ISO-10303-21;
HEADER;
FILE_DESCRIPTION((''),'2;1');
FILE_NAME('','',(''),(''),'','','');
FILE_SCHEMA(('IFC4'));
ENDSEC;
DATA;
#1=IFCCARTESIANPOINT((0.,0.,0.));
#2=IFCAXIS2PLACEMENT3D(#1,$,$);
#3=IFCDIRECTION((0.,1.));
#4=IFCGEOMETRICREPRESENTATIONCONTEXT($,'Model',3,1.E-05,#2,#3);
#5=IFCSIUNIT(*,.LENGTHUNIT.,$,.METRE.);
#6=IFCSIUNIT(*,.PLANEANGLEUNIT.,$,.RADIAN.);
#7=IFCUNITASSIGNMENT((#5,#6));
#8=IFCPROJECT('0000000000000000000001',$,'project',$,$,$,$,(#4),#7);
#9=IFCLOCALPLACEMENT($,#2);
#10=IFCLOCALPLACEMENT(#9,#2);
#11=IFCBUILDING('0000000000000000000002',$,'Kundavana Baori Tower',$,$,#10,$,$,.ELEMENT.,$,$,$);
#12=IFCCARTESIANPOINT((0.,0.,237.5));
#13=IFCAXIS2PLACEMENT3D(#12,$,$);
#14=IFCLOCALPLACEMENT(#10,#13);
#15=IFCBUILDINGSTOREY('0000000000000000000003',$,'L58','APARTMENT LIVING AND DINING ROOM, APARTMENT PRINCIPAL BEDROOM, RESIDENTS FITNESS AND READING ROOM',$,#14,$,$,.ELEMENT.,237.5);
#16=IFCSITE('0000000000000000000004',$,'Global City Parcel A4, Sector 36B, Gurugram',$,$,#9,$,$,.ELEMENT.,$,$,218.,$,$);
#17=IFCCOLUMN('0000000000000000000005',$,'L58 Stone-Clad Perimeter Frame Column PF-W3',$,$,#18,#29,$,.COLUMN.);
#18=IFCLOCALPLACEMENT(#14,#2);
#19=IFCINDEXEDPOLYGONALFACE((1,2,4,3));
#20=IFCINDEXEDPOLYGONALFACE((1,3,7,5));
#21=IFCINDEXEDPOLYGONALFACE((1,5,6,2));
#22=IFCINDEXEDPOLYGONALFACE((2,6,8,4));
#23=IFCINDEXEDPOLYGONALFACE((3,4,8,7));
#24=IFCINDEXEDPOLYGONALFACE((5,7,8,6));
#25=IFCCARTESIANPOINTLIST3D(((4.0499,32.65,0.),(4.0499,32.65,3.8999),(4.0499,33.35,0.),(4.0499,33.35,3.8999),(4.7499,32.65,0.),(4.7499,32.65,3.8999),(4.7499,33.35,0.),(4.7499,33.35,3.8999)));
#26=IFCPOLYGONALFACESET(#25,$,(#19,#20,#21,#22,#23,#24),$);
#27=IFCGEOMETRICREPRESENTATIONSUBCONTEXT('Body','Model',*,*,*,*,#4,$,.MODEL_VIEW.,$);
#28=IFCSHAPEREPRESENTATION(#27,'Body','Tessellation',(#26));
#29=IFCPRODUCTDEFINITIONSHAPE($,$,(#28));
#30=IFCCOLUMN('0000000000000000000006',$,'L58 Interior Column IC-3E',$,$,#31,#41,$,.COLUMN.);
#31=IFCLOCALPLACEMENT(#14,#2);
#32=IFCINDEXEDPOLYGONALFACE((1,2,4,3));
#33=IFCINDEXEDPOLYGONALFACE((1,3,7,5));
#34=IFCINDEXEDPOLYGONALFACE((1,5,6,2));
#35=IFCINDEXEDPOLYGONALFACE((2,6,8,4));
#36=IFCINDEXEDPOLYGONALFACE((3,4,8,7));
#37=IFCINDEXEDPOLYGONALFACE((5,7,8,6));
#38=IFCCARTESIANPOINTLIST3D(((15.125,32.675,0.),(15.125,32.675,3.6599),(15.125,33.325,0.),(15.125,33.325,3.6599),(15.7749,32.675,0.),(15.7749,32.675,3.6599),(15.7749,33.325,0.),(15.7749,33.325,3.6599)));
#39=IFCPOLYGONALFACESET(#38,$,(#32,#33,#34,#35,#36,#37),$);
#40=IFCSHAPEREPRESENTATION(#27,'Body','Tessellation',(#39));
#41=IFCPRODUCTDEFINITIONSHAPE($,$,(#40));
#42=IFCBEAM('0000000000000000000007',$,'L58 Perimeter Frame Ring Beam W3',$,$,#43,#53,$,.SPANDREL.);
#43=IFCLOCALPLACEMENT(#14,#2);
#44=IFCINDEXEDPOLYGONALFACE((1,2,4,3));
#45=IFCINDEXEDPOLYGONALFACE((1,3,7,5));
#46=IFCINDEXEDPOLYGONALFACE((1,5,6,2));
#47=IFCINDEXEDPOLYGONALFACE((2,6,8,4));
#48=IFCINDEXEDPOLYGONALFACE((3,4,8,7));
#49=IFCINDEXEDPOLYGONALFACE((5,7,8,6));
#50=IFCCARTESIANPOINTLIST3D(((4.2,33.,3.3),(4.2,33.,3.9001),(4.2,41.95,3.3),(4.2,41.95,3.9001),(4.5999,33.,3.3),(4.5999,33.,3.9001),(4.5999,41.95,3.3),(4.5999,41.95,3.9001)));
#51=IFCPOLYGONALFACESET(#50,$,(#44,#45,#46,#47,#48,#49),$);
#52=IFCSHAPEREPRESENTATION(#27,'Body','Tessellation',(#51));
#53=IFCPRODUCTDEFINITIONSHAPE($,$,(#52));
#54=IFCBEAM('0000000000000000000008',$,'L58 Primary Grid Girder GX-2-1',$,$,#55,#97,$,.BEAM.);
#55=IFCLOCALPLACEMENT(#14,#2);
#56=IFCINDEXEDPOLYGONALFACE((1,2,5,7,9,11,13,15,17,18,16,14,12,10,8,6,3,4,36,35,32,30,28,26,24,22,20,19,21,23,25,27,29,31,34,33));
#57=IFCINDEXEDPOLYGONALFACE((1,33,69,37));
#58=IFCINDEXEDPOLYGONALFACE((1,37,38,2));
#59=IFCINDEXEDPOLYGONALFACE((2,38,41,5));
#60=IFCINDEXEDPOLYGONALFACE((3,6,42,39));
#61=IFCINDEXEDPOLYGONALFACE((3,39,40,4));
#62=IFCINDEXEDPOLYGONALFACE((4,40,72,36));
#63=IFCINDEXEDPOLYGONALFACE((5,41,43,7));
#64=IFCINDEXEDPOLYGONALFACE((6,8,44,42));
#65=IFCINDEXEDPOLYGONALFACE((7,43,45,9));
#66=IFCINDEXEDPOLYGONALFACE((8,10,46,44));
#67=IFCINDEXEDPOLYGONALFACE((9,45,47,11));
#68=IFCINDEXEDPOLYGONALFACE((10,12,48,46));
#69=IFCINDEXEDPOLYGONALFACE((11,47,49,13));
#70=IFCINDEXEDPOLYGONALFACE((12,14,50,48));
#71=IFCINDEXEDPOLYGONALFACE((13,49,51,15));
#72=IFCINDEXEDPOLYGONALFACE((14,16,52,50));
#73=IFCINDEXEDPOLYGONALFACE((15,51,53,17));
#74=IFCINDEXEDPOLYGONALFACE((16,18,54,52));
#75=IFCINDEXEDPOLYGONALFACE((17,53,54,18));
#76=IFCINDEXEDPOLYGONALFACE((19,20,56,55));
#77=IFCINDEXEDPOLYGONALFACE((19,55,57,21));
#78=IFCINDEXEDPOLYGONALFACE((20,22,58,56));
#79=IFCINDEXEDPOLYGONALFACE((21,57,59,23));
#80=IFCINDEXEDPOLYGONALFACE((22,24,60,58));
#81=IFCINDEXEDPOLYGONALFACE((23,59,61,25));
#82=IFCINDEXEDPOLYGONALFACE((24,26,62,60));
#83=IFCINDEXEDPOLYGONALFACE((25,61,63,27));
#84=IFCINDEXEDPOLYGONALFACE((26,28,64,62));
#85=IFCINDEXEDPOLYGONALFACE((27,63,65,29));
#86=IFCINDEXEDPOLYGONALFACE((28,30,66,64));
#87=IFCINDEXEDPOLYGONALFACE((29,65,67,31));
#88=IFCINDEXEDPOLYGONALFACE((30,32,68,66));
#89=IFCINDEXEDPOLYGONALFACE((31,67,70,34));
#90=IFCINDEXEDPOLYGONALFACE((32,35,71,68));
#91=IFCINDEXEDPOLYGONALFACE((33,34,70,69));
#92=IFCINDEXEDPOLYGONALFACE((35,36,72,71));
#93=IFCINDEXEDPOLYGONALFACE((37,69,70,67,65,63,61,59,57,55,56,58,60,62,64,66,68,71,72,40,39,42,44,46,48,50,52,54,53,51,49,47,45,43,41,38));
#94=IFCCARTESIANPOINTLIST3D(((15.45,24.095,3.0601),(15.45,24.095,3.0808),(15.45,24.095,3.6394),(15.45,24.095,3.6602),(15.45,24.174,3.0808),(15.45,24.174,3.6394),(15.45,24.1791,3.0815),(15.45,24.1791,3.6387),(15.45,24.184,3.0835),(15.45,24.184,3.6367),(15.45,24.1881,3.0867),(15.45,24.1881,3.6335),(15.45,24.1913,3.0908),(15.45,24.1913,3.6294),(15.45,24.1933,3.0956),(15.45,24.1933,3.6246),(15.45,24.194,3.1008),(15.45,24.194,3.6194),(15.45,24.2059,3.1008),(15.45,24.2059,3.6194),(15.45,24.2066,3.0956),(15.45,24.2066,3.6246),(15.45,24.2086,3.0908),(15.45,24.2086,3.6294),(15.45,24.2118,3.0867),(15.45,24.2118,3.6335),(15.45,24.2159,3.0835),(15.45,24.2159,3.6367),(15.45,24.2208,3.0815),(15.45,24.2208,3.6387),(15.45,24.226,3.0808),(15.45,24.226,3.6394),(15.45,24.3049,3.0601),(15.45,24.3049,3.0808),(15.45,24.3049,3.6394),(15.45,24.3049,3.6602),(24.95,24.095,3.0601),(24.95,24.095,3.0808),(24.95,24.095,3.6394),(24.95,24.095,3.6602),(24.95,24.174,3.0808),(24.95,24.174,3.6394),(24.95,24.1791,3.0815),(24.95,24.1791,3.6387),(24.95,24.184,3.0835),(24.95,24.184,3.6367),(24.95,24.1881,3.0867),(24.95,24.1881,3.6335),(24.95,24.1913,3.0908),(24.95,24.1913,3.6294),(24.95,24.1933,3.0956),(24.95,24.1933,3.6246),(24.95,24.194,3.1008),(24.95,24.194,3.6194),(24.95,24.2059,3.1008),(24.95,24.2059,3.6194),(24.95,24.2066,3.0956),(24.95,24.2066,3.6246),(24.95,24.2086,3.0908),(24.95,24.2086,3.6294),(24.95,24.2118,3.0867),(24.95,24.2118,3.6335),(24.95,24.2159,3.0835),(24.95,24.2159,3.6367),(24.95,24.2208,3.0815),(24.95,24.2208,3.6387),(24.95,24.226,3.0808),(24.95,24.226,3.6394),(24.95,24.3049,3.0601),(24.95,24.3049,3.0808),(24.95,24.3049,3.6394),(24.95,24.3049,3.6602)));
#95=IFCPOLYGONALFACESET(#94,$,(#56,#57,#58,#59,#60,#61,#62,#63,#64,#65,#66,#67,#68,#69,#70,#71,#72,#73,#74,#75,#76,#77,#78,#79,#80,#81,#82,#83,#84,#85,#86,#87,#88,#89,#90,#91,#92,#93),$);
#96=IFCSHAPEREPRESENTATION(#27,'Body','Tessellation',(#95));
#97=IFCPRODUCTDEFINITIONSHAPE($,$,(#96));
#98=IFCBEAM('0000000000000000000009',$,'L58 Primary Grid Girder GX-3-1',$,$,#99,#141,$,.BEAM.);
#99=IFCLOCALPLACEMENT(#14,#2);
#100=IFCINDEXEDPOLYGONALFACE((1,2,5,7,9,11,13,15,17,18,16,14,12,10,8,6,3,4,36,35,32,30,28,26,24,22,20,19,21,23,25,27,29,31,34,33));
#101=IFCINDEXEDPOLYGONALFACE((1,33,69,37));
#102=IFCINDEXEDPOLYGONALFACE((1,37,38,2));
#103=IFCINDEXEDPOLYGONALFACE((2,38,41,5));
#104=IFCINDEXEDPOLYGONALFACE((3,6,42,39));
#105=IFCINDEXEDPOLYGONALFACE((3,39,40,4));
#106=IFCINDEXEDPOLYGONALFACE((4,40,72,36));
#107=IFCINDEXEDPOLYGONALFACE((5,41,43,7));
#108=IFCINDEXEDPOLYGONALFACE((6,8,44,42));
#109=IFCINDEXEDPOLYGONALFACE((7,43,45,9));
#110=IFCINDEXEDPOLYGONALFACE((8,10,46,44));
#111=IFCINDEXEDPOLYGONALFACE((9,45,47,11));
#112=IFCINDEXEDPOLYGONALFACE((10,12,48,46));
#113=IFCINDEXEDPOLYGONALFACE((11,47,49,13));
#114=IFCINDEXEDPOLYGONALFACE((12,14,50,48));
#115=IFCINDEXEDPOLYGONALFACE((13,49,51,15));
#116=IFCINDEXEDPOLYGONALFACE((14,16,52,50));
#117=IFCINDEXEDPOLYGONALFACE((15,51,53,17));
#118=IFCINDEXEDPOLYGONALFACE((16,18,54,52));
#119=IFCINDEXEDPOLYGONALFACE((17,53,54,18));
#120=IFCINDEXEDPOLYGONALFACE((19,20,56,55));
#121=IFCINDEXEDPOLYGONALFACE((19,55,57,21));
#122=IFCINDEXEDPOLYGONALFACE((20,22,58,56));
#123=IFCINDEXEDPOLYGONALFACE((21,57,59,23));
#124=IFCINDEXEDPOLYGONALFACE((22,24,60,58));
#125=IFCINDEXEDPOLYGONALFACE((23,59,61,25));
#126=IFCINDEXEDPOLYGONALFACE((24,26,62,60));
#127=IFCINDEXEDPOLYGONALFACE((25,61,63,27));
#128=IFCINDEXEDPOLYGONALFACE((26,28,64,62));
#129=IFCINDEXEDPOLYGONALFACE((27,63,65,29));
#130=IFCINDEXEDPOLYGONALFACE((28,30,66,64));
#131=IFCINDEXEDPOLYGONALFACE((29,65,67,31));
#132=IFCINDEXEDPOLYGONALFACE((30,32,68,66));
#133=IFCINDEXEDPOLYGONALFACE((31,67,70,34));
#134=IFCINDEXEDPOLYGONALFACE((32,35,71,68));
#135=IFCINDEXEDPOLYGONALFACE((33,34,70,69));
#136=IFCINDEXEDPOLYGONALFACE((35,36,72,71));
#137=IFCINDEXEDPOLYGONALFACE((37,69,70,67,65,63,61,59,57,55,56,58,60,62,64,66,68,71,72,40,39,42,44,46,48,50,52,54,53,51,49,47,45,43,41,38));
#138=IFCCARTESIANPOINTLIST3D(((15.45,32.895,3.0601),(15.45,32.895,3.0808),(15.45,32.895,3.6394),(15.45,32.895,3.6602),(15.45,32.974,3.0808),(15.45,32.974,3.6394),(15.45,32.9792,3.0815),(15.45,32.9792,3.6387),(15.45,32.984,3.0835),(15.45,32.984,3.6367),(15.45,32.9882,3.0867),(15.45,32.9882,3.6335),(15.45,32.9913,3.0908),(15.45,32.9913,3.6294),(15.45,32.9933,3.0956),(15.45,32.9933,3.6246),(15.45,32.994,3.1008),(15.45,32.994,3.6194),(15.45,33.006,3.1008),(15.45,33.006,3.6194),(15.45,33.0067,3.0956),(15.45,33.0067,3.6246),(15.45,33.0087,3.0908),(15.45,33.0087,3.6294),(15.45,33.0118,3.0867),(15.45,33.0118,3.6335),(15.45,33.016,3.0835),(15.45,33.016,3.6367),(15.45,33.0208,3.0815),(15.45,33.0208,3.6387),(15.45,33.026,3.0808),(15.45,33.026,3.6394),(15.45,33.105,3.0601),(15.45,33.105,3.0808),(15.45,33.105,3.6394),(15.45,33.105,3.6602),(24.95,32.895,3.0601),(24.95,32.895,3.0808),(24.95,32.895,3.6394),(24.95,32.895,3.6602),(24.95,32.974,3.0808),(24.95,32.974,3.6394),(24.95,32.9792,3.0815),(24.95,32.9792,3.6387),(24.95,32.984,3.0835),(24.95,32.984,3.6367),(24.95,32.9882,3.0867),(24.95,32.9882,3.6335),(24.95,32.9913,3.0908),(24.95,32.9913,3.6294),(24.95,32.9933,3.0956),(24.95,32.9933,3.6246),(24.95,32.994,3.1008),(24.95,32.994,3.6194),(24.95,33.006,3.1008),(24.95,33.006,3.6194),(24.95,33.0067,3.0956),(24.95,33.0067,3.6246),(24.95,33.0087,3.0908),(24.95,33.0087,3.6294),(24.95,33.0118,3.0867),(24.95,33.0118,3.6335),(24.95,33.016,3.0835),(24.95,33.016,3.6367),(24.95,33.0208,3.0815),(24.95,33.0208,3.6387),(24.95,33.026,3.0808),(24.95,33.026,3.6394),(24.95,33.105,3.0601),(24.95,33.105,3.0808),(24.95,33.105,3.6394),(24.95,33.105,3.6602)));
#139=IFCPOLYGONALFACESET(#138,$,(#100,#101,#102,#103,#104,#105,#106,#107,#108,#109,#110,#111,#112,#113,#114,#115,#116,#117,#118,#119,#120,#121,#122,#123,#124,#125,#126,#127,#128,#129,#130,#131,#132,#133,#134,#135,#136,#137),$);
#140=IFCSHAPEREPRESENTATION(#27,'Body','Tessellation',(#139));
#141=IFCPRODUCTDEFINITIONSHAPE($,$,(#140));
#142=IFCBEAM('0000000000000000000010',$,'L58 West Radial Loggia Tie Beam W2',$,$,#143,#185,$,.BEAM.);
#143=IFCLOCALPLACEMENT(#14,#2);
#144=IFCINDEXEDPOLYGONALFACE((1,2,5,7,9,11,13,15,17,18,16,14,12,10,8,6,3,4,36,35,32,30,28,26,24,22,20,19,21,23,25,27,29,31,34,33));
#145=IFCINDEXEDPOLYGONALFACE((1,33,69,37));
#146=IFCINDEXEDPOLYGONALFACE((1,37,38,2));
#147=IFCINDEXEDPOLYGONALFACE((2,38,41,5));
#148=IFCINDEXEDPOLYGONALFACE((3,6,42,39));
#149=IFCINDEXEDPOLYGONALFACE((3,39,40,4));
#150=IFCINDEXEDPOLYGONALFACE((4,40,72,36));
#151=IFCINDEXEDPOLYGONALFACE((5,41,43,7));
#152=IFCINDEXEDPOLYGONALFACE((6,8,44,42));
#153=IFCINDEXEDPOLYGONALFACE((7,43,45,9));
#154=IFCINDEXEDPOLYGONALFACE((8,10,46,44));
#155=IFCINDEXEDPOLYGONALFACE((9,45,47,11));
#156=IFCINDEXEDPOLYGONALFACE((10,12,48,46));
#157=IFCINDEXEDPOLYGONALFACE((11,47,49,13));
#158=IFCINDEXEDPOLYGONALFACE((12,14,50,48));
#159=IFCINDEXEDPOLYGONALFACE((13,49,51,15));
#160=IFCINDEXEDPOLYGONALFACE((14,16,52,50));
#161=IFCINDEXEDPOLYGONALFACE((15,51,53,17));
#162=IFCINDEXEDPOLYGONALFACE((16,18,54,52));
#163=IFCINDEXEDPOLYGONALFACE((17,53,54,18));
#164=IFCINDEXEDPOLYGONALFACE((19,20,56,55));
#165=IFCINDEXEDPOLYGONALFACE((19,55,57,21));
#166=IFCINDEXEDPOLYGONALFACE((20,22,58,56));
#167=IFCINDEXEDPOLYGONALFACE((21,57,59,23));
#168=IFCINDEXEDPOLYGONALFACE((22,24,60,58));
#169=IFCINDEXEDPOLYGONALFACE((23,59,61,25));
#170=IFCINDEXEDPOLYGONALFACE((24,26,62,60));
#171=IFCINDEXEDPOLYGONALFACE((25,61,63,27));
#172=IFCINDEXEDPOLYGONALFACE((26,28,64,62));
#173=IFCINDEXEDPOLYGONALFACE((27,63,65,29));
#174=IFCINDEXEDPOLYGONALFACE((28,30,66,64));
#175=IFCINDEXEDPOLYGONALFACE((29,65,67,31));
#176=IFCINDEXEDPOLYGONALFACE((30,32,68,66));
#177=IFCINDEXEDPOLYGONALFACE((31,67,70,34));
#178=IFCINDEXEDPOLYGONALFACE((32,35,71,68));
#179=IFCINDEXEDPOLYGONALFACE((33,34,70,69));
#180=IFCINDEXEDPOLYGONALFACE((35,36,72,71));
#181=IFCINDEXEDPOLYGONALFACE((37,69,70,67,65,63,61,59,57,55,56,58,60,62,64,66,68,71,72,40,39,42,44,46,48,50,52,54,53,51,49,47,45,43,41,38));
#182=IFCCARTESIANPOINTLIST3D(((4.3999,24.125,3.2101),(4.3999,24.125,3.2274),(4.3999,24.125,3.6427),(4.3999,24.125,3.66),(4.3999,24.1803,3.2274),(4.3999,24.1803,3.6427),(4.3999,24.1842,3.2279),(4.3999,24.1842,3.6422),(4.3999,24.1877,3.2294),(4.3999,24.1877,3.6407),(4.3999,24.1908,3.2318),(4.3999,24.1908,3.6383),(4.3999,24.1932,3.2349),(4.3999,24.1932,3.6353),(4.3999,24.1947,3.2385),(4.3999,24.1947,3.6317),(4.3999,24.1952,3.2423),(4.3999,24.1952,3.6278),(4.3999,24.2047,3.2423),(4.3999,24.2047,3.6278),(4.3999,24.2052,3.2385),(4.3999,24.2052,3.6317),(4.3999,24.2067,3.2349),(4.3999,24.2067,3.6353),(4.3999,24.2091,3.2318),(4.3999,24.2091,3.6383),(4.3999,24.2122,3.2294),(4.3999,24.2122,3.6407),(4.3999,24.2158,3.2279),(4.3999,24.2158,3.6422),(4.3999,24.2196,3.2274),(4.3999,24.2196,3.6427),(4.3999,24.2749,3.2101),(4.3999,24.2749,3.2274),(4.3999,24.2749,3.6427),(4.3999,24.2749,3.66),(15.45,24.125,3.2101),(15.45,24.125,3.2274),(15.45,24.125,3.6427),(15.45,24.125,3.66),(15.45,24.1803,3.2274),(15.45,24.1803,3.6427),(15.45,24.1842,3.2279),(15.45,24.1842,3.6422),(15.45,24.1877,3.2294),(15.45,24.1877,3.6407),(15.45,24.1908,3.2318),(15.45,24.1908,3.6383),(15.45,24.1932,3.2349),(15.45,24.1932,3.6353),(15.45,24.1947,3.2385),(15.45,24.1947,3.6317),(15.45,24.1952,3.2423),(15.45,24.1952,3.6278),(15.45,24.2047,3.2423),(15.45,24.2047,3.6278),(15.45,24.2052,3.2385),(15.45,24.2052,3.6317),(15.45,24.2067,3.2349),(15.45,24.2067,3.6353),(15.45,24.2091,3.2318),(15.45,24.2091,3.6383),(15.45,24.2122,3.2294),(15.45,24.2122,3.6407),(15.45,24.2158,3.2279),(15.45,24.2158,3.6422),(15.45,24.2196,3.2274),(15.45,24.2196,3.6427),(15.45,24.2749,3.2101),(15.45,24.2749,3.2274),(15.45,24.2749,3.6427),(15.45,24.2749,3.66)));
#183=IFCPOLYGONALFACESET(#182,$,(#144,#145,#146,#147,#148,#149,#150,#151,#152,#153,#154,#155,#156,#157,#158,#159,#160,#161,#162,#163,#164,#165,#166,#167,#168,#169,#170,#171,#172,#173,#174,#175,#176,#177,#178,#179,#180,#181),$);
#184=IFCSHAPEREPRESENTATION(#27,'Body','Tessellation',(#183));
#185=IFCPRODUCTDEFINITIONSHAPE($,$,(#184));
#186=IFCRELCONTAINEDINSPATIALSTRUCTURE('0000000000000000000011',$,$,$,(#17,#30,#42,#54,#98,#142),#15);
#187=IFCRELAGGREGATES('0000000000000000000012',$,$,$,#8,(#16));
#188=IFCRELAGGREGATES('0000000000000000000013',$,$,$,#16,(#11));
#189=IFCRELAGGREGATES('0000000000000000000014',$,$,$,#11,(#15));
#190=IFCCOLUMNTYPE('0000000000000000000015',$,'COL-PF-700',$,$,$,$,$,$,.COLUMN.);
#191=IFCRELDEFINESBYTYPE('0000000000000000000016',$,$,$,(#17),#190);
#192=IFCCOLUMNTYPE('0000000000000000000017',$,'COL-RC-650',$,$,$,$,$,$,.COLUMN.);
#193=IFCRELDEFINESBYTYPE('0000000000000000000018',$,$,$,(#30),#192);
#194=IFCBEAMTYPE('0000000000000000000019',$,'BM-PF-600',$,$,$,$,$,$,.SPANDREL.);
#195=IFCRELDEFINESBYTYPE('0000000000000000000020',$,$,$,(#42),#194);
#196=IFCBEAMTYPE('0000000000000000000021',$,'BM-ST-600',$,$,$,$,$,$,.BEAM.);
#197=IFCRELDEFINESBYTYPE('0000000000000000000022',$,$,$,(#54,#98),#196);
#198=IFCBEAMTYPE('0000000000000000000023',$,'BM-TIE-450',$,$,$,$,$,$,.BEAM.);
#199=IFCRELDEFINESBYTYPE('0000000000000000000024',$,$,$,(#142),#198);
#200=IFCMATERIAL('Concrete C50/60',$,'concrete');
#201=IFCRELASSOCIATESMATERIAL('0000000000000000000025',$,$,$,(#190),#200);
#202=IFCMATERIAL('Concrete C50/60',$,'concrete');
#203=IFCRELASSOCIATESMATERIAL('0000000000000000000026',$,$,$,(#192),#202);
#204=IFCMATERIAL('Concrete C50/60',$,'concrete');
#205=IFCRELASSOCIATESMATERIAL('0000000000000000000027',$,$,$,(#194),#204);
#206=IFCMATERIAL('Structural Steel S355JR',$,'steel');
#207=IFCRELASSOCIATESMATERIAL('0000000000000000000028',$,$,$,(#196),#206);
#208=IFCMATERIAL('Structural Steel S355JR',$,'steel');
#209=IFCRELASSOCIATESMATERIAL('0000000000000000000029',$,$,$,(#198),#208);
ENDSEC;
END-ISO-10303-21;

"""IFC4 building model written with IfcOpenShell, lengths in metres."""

from ifc_helpers import new_model, si_unit, direction, frame, origin, origin_2d, place, context, subcontext, project, spatial, rectangle, i_section, extrude, material, material_profile, profile_set, type_object, element, save


model = new_model("IFC4")

# Units and contexts
model_context = context("Model", 3, precision=1e-05, world=origin(), true_north=direction((0.0, 1.0)))
body_context = subcontext(model_context, "Body", "Model", "MODEL_VIEW")
ifc_project = project(units=[si_unit("LENGTHUNIT", "METRE"), si_unit("PLANEANGLEUNIT", "RADIAN")], contexts=[model_context])

# Site, building, storey
site_placement = place(None, origin())
site = spatial("IfcSite", under=ifc_project, at=site_placement, Name="Global City Parcel A4, Sector 36B, Gurugram", CompositionType="ELEMENT", RefElevation=218.0)
building_placement = place(site_placement, origin())
building = spatial("IfcBuilding", under=site, at=building_placement, Name="Kundavana Baori Tower", CompositionType="ELEMENT")
storey_placement = place(building_placement, frame((0.0, 0.0, 237.5)))
storey = spatial("IfcBuildingStorey", under=building, at=storey_placement, Name="L58", Description="APARTMENT LIVING AND DINING ROOM, APARTMENT PRINCIPAL BEDROOM, RESIDENTS FITNESS AND READING ROOM", CompositionType="ELEMENT", Elevation=237.5)

# Columns
ifc_material_1 = material(Name="Concrete C50/60", Category="concrete")
ifc_material_profile_1 = material_profile(ifc_material_1, rectangle(XDim=0.7, YDim=0.7, at=origin_2d()), Name="RC PF 700x700")
ifc_profile_set_1 = profile_set([ifc_material_profile_1], Name="Concrete C50/60")
column_type_1 = type_object("IfcColumnType", Name="COL-PF-700", PredefinedType="COLUMN", material=ifc_profile_set_1)
column_1_placement = place(storey_placement, frame((4.3999, 33.0, 0.0), z_axis=(0.0, 0.0, 1.0), x_axis=(1.0, 0.0, 0.0)))
element("IfcColumn", 1, at=column_1_placement, inside=storey, type_object=column_type_1, Name="L58 Stone-Clad Perimeter Frame Column PF-W3", PredefinedType="COLUMN", context=body_context, shape_type="SweptSolid", body=[
    extrude(rectangle(XDim=0.7, YDim=0.7, at=origin_2d()), origin(), (0.0, 0.0, 1.0), 3.8999),
])
ifc_material_2 = material(Name="Concrete C50/60", Category="concrete")
ifc_material_profile_2 = material_profile(ifc_material_2, rectangle(XDim=0.6499, YDim=0.6499, at=origin_2d()), Name="RC 650x650")
ifc_profile_set_2 = profile_set([ifc_material_profile_2], Name="Concrete C50/60")
column_type_2 = type_object("IfcColumnType", Name="COL-RC-650", PredefinedType="COLUMN", material=ifc_profile_set_2)
column_2_placement = place(storey_placement, frame((15.45, 33.0, 0.0), z_axis=(0.0, 0.0, 1.0), x_axis=(1.0, 0.0, 0.0)))
element("IfcColumn", 2, at=column_2_placement, inside=storey, type_object=column_type_2, Name="L58 Interior Column IC-3E", PredefinedType="COLUMN", context=body_context, shape_type="SweptSolid", body=[
    extrude(rectangle(XDim=0.6499, YDim=0.6499, at=origin_2d()), origin(), (0.0, 0.0, 1.0), 3.6599),
])

# Beams
ifc_material_3 = material(Name="Concrete C50/60", Category="concrete")
ifc_material_profile_3 = material_profile(ifc_material_3, rectangle(XDim=0.3999, YDim=0.6001, at=origin_2d()), Name="RC BM 400x600")
ifc_profile_set_3 = profile_set([ifc_material_profile_3], Name="Concrete C50/60")
beam_type_1 = type_object("IfcBeamType", Name="BM-PF-600", PredefinedType="SPANDREL", material=ifc_profile_set_3)
beam_placement = place(storey_placement, frame((4.3999, 33.0, 3.6001), z_axis=(0.0, 1.0, 0.0), x_axis=(-1.0, 0.0, 0.0)))
element("IfcBeam", 3, at=beam_placement, inside=storey, type_object=beam_type_1, Name="L58 Perimeter Frame Ring Beam W3", PredefinedType="SPANDREL", context=body_context, shape_type="SweptSolid", body=[
    extrude(rectangle(XDim=0.3999, YDim=0.6001, at=origin_2d()), origin(), (0.0, 0.0, 1.0), 8.95),
])
ifc_material_4 = material(Name="Structural Steel S355JR", Category="steel")
ifc_material_profile_4 = material_profile(ifc_material_4, i_section(OverallWidth=0.21, OverallDepth=0.6001, WebThickness=0.012, FlangeThickness=0.0208, FilletRadius=0.02, at=origin_2d()), Name="ISMB 600")
ifc_profile_set_4 = profile_set([ifc_material_profile_4], Name="Structural Steel S355JR")
beam_type_2 = type_object("IfcBeamType", Name="BM-ST-600", PredefinedType="BEAM", material=ifc_profile_set_4)
for number, where, z_axis, x_axis, name in (
    (4, (15.45, 24.2, 3.3601), (1.0, 0.0, 0.0), (0.0, 1.0, 0.0), "L58 Primary Grid Girder GX-2-1"),
    (5, (15.45, 33.0, 3.3601), (1.0, 0.0, 0.0), (0.0, 1.0, 0.0), "L58 Primary Grid Girder GX-3-1"),
):
    element("IfcBeam", number, at=place(storey_placement, frame(where, z_axis=z_axis, x_axis=x_axis)), inside=storey, type_object=beam_type_2, Name=name, PredefinedType="BEAM", context=body_context, shape_type="SweptSolid", body=[
        extrude(i_section(OverallWidth=0.21, OverallDepth=0.6001, WebThickness=0.012, FlangeThickness=0.0208, FilletRadius=0.02, at=origin_2d()), origin(), (0.0, 0.0, 1.0), 9.5),
    ])
ifc_material_5 = material(Name="Structural Steel S355JR", Category="steel")
ifc_material_profile_5 = material_profile(ifc_material_5, i_section(OverallWidth=0.1499, OverallDepth=0.45, WebThickness=0.0095, FlangeThickness=0.0173, FilletRadius=0.0149, at=origin_2d()), Name="ISMB 450")
ifc_profile_set_5 = profile_set([ifc_material_profile_5], Name="Structural Steel S355JR")
beam_type_3 = type_object("IfcBeamType", Name="BM-TIE-450", PredefinedType="BEAM", material=ifc_profile_set_5)
for number, where, z_axis, x_axis, name in (
    (6, (15.45, 24.2, 3.4351), (-1.0, 0.0, 0.0), (0.0, -1.0, 0.0), "L58 West Radial Loggia Tie Beam W2"),
):
    element("IfcBeam", number, at=place(storey_placement, frame(where, z_axis=z_axis, x_axis=x_axis)), inside=storey, type_object=beam_type_3, Name=name, PredefinedType="BEAM", context=body_context, shape_type="SweptSolid", body=[
        extrude(i_section(OverallWidth=0.1499, OverallDepth=0.45, WebThickness=0.0095, FlangeThickness=0.0173, FilletRadius=0.0149, at=origin_2d()), origin(), (0.0, 0.0, 1.0), 11.05),
    ])

save(model, "model.ifc")
